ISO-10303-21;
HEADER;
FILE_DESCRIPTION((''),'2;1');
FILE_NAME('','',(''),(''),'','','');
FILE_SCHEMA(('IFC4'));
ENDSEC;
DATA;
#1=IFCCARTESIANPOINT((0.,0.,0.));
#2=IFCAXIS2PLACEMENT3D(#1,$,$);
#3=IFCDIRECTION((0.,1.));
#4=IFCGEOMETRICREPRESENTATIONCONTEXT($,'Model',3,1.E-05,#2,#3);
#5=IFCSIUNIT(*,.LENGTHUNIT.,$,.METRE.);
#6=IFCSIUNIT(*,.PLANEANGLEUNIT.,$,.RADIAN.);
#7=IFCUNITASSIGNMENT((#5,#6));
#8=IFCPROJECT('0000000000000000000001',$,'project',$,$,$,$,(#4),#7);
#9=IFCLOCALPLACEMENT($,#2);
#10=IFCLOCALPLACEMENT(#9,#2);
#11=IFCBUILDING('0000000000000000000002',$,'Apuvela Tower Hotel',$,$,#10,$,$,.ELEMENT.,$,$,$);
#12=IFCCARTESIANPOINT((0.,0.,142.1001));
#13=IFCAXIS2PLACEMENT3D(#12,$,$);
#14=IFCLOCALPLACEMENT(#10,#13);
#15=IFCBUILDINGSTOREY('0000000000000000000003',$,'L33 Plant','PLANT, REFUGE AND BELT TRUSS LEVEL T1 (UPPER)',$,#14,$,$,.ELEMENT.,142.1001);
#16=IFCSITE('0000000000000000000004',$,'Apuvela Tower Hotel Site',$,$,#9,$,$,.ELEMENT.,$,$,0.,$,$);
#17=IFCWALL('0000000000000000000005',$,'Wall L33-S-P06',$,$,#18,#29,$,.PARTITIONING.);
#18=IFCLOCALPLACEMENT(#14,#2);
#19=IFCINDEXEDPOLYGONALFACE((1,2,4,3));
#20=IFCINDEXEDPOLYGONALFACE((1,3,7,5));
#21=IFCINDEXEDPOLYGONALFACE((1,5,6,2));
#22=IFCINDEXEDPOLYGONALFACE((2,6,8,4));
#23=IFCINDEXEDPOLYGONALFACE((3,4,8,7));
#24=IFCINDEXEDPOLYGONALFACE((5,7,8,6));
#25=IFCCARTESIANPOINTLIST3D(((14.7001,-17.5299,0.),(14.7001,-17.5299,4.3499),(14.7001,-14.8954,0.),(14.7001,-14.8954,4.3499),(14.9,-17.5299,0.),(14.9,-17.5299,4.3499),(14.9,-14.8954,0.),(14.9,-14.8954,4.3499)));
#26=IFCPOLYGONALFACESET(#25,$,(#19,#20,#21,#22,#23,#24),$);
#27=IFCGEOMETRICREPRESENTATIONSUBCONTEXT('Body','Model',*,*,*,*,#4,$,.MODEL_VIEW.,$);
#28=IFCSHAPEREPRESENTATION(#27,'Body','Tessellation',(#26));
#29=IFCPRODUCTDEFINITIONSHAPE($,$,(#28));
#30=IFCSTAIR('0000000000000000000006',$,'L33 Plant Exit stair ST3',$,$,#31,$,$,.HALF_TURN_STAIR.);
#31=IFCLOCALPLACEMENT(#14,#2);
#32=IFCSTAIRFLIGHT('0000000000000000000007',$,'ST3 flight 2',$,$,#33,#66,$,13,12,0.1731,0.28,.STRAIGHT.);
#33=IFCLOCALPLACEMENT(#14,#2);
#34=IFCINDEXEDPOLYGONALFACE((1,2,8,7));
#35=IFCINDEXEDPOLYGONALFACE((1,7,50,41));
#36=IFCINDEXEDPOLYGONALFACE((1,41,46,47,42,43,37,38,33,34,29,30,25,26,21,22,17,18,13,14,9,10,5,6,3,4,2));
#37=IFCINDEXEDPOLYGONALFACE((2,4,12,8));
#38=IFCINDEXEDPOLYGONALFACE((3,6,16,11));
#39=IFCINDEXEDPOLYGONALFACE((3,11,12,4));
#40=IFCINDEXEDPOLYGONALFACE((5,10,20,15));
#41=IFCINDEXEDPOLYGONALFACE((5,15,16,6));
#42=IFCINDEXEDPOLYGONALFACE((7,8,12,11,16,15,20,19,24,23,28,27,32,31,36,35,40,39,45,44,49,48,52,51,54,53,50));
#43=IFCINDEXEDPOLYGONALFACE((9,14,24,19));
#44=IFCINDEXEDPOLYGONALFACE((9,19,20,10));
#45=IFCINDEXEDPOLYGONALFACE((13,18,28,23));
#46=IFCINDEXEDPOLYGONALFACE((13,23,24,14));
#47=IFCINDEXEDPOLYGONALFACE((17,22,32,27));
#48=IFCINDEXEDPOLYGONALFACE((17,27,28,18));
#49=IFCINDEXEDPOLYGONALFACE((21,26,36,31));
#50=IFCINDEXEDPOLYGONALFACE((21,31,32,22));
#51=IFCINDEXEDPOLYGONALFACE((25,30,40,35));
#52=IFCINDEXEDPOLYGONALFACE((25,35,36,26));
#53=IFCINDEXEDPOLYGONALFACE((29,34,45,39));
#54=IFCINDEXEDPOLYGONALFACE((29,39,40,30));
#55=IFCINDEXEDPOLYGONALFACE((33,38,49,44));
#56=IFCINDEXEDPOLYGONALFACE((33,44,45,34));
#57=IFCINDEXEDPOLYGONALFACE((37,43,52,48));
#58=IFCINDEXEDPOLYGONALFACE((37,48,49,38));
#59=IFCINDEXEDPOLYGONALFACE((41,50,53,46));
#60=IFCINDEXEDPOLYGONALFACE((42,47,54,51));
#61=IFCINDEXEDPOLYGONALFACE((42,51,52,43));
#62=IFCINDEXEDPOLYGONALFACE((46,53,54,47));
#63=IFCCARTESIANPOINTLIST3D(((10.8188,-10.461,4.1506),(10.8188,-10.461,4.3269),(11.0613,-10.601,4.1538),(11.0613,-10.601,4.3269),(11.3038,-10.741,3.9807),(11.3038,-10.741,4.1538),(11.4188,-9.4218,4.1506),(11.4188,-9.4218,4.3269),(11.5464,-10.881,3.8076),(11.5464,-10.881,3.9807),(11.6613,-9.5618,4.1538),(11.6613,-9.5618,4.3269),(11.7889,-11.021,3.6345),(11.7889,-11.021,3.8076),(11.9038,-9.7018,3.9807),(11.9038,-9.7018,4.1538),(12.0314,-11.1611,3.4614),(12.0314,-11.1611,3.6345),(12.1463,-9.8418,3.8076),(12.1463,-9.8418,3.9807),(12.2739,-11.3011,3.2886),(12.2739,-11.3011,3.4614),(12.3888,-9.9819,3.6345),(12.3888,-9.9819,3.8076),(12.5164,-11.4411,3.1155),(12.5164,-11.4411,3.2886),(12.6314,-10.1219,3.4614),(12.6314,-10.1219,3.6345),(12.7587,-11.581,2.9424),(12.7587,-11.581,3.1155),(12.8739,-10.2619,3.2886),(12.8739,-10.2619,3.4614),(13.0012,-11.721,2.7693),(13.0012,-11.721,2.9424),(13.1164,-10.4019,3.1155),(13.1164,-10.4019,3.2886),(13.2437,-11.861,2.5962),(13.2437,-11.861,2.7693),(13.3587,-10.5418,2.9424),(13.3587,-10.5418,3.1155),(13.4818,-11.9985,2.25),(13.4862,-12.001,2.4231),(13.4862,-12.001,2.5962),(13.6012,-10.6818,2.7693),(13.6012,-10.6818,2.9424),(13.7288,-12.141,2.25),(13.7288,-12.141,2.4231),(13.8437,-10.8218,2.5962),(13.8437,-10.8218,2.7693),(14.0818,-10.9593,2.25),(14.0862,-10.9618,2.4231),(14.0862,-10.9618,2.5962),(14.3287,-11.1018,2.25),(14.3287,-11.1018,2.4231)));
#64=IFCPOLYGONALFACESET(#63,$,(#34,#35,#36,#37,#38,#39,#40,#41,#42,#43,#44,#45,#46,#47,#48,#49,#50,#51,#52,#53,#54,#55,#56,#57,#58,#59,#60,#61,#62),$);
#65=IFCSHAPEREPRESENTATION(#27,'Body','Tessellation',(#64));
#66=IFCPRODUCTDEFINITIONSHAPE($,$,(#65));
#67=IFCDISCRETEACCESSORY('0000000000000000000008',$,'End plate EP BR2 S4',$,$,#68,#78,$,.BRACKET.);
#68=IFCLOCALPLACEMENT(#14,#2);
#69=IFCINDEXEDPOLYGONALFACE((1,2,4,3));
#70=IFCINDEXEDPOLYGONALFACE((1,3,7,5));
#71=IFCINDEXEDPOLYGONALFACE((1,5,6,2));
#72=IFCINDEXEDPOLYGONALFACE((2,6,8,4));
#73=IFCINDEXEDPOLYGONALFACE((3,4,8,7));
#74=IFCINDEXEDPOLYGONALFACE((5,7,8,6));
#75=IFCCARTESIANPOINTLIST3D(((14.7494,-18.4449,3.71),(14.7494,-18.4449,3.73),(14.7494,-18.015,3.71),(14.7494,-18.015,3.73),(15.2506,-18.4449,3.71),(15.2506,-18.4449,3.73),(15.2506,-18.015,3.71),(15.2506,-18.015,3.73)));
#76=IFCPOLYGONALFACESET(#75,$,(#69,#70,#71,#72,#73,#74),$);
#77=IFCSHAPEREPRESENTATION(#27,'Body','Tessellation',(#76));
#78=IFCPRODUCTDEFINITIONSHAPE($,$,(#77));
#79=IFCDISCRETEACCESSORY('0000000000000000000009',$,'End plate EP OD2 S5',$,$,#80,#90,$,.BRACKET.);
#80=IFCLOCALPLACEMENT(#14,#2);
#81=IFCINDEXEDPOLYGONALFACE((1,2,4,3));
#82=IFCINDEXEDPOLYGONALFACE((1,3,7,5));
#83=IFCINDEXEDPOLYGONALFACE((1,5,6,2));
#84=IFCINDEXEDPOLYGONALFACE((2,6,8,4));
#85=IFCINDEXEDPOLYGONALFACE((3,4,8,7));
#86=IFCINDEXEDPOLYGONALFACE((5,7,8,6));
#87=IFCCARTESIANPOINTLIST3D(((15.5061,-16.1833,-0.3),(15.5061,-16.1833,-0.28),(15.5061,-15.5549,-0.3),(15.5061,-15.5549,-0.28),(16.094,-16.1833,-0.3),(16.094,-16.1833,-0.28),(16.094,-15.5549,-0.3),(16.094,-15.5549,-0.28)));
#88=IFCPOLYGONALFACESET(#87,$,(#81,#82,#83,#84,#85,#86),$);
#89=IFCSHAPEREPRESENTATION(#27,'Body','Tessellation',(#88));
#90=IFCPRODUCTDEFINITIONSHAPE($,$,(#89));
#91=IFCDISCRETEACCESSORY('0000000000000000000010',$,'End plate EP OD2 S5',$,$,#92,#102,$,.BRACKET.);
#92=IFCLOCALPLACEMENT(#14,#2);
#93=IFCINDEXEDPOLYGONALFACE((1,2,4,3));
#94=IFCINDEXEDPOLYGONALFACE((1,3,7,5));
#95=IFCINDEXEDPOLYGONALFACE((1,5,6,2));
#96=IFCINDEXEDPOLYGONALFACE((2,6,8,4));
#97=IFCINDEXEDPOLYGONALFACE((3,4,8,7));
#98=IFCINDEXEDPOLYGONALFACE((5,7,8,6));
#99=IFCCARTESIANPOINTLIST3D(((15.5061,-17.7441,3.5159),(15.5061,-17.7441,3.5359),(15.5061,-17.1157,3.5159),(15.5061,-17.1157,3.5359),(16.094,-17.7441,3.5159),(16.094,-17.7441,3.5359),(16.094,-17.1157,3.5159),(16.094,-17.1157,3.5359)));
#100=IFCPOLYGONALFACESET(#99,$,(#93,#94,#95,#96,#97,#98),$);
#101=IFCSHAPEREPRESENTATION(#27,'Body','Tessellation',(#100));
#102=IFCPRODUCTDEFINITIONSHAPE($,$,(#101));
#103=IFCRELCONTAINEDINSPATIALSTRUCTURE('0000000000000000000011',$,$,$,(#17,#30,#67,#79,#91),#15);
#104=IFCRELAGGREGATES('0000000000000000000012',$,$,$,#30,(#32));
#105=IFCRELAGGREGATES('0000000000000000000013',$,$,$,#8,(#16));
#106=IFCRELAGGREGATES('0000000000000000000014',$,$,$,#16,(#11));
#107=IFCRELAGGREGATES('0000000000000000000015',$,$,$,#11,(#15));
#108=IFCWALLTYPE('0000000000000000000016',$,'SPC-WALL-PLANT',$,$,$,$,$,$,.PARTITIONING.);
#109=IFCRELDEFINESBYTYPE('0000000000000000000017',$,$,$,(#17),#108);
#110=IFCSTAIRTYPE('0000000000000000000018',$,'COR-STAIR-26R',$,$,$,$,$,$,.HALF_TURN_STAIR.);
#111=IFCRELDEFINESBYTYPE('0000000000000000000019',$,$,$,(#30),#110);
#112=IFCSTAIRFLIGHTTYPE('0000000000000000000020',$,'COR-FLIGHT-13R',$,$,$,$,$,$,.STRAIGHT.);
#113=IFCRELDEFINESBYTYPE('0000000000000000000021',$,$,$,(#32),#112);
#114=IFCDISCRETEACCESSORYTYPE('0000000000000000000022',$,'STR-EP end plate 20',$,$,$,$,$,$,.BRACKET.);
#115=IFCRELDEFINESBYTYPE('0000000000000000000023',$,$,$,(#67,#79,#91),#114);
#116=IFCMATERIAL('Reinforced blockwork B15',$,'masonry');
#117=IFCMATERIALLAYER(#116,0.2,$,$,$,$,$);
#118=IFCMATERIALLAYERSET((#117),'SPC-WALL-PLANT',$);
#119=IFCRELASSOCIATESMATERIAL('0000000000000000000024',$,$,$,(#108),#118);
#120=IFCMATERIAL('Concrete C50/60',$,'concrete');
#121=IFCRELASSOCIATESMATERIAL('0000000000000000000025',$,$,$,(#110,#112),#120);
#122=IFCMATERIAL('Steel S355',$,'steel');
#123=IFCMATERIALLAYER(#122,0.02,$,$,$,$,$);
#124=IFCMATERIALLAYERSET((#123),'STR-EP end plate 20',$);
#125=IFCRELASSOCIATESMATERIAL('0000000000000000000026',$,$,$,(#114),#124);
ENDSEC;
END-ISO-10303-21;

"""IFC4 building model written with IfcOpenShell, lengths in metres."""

from ifc_helpers import new_model, si_unit, direction, frame, frame_2d, origin, origin_2d, place, context, subcontext, project, spatial, polyline, rectangle, outline, extrude, material, layer, layer_set, type_object, element, aggregate, save


model = new_model("IFC4")

# Units and contexts
model_context = context("Model", 3, precision=1e-05, world=origin(), true_north=direction((0.0, 1.0)))
body_context = subcontext(model_context, "Body", "Model", "MODEL_VIEW")
ifc_project = project(units=[si_unit("LENGTHUNIT", "METRE"), si_unit("PLANEANGLEUNIT", "RADIAN")], contexts=[model_context])

# Site, building, storey
site_placement = place(None, origin())
site = spatial("IfcSite", under=ifc_project, at=site_placement, Name="Apuvela Tower Hotel Site", CompositionType="ELEMENT", RefElevation=0.0)
building_placement = place(site_placement, origin())
building = spatial("IfcBuilding", under=site, at=building_placement, Name="Apuvela Tower Hotel", CompositionType="ELEMENT")
storey_placement = place(building_placement, frame((0.0, 0.0, 142.1001)))
storey = spatial("IfcBuildingStorey", under=building, at=storey_placement, Name="L33 Plant", Description="PLANT, REFUGE AND BELT TRUSS LEVEL T1 (UPPER)", CompositionType="ELEMENT", Elevation=142.1001)

# Shared definitions
ifc_material_1 = material(Name="Steel S355", Category="steel")

# Shared definitions
ifc_material_2 = material(Name="Concrete C50/60", Category="concrete")

# Wall
ifc_material_3 = material(Name="Reinforced blockwork B15", Category="masonry")
ifc_layer_1 = layer(ifc_material_3, 0.2)
ifc_layer_set_1 = layer_set([ifc_layer_1], Name="SPC-WALL-PLANT")
wall_type_1 = type_object("IfcWallType", Name="SPC-WALL-PLANT", PredefinedType="PARTITIONING", material=ifc_layer_set_1)
wall_1_placement = place(storey_placement, frame((14.8, -17.53, 0.0), z_axis=(0.0, 0.0, 1.0), x_axis=(0.0, 1.0, 0.0)))
element("IfcWall", 1, at=wall_1_placement, inside=storey, type_object=wall_type_1, Name="Wall L33-S-P06", PredefinedType="PARTITIONING", context=body_context, shape_type="SweptSolid", body=[
    extrude(rectangle(XDim=2.6345, YDim=0.2, at=frame_2d((1.3174, 0.0))), origin(), (0.0, 0.0, 1.0), 4.3499),
])

# Stair, stair flight
stair_type = type_object("IfcStairType", Name="COR-STAIR-26R", PredefinedType="HALF_TURN_STAIR", material=ifc_material_2)
stair_placement = place(storey_placement, origin())
stair = element("IfcStair", 2, at=stair_placement, inside=storey, type_object=stair_type, Name="L33 Plant Exit stair ST3", PredefinedType="HALF_TURN_STAIR")
stair_flight_type = type_object("IfcStairFlightType", Name="COR-FLIGHT-13R", PredefinedType="STRAIGHT", material=ifc_material_2)
stair_flight_placement = place(storey_placement, frame((14.0288, -11.6213, 2.25), z_axis=(0.0, 0.0, 1.0), x_axis=(-0.866025, 0.5, 0.0)))
stair_flight = element("IfcStairFlight", 3, at=stair_flight_placement, type_object=stair_flight_type, Name="ST3 flight 2", NumberOfRisers=13, NumberOfTreads=12, PredefinedType="STRAIGHT", RiserHeight=0.1731, TreadLength=0.28, context=body_context, shape_type="SweptSolid", body=[
    extrude(outline(polyline([(0.0, 0.0), (0.0, 0.1731), (0.28, 0.1731), (0.28, 0.3462), (0.5601, 0.3462), (0.5601, 0.5193), (0.8401, 0.5193), (0.8401, 0.6924), (1.1201, 0.6924), (1.1201, 0.8655), (1.3999, 0.8655), (1.3999, 1.0386), (1.6799, 1.0386), (1.6799, 1.2114), (1.96, 1.2114), (1.96, 1.3845), (2.24, 1.3845), (2.24, 1.5576), (2.52, 1.5576), (2.52, 1.7307), (2.8, 1.7307), (2.8, 1.9038), (3.0801, 1.9038), (3.0801, 2.0769), (3.3601, 2.0769), (3.3601, 2.25), (3.3601, 1.9006), (0.2852, 0.0), (0.0, 0.0)])), frame((0.0, 0.6001, 0.0), z_axis=(0.0, -1.0, 0.0), x_axis=(1.0, 0.0, 0.0)), (0.0, 0.0, 1.0), 1.2),
])
aggregate(stair, [stair_flight])

# Discrete accessories
ifc_layer_2 = layer(ifc_material_1, 0.02)
ifc_layer_set_2 = layer_set([ifc_layer_2], Name="STR-EP end plate 20")
discrete_accessory_type = type_object("IfcDiscreteAccessoryType", Name="STR-EP end plate 20", PredefinedType="BRACKET", material=ifc_layer_set_2)
discrete_accessory_placement = place(storey_placement, frame((15.0, -18.23, 3.71), z_axis=(0.0, 0.0, 1.0), x_axis=(1.0, 0.0, 0.0)))
element("IfcDiscreteAccessory", 4, at=discrete_accessory_placement, inside=storey, type_object=discrete_accessory_type, Name="End plate EP BR2 S4", PredefinedType="BRACKET", context=body_context, shape_type="SweptSolid", body=[
    extrude(rectangle(XDim=0.5012, YDim=0.4299, at=origin_2d()), origin(), (0.0, 0.0, 1.0), 0.02),
])
for number, where, z_axis, x_axis, name in (
    (5, (15.8, -15.8691, -0.3), (0.0, 0.0, 1.0), (0.0, -1.0, 0.0), "End plate EP OD2 S5"),
    (6, (15.8, -17.4299, 3.5159), (0.0, 0.0, 1.0), (0.0, -1.0, 0.0), "End plate EP OD2 S5"),
):
    element("IfcDiscreteAccessory", number, at=place(storey_placement, frame(where, z_axis=z_axis, x_axis=x_axis)), inside=storey, type_object=discrete_accessory_type, Name=name, PredefinedType="BRACKET", context=body_context, shape_type="SweptSolid", body=[
        extrude(rectangle(XDim=0.6284, YDim=0.5879, at=origin_2d()), origin(), (0.0, 0.0, 1.0), 0.02),
    ])

save(model, "model.ifc")
